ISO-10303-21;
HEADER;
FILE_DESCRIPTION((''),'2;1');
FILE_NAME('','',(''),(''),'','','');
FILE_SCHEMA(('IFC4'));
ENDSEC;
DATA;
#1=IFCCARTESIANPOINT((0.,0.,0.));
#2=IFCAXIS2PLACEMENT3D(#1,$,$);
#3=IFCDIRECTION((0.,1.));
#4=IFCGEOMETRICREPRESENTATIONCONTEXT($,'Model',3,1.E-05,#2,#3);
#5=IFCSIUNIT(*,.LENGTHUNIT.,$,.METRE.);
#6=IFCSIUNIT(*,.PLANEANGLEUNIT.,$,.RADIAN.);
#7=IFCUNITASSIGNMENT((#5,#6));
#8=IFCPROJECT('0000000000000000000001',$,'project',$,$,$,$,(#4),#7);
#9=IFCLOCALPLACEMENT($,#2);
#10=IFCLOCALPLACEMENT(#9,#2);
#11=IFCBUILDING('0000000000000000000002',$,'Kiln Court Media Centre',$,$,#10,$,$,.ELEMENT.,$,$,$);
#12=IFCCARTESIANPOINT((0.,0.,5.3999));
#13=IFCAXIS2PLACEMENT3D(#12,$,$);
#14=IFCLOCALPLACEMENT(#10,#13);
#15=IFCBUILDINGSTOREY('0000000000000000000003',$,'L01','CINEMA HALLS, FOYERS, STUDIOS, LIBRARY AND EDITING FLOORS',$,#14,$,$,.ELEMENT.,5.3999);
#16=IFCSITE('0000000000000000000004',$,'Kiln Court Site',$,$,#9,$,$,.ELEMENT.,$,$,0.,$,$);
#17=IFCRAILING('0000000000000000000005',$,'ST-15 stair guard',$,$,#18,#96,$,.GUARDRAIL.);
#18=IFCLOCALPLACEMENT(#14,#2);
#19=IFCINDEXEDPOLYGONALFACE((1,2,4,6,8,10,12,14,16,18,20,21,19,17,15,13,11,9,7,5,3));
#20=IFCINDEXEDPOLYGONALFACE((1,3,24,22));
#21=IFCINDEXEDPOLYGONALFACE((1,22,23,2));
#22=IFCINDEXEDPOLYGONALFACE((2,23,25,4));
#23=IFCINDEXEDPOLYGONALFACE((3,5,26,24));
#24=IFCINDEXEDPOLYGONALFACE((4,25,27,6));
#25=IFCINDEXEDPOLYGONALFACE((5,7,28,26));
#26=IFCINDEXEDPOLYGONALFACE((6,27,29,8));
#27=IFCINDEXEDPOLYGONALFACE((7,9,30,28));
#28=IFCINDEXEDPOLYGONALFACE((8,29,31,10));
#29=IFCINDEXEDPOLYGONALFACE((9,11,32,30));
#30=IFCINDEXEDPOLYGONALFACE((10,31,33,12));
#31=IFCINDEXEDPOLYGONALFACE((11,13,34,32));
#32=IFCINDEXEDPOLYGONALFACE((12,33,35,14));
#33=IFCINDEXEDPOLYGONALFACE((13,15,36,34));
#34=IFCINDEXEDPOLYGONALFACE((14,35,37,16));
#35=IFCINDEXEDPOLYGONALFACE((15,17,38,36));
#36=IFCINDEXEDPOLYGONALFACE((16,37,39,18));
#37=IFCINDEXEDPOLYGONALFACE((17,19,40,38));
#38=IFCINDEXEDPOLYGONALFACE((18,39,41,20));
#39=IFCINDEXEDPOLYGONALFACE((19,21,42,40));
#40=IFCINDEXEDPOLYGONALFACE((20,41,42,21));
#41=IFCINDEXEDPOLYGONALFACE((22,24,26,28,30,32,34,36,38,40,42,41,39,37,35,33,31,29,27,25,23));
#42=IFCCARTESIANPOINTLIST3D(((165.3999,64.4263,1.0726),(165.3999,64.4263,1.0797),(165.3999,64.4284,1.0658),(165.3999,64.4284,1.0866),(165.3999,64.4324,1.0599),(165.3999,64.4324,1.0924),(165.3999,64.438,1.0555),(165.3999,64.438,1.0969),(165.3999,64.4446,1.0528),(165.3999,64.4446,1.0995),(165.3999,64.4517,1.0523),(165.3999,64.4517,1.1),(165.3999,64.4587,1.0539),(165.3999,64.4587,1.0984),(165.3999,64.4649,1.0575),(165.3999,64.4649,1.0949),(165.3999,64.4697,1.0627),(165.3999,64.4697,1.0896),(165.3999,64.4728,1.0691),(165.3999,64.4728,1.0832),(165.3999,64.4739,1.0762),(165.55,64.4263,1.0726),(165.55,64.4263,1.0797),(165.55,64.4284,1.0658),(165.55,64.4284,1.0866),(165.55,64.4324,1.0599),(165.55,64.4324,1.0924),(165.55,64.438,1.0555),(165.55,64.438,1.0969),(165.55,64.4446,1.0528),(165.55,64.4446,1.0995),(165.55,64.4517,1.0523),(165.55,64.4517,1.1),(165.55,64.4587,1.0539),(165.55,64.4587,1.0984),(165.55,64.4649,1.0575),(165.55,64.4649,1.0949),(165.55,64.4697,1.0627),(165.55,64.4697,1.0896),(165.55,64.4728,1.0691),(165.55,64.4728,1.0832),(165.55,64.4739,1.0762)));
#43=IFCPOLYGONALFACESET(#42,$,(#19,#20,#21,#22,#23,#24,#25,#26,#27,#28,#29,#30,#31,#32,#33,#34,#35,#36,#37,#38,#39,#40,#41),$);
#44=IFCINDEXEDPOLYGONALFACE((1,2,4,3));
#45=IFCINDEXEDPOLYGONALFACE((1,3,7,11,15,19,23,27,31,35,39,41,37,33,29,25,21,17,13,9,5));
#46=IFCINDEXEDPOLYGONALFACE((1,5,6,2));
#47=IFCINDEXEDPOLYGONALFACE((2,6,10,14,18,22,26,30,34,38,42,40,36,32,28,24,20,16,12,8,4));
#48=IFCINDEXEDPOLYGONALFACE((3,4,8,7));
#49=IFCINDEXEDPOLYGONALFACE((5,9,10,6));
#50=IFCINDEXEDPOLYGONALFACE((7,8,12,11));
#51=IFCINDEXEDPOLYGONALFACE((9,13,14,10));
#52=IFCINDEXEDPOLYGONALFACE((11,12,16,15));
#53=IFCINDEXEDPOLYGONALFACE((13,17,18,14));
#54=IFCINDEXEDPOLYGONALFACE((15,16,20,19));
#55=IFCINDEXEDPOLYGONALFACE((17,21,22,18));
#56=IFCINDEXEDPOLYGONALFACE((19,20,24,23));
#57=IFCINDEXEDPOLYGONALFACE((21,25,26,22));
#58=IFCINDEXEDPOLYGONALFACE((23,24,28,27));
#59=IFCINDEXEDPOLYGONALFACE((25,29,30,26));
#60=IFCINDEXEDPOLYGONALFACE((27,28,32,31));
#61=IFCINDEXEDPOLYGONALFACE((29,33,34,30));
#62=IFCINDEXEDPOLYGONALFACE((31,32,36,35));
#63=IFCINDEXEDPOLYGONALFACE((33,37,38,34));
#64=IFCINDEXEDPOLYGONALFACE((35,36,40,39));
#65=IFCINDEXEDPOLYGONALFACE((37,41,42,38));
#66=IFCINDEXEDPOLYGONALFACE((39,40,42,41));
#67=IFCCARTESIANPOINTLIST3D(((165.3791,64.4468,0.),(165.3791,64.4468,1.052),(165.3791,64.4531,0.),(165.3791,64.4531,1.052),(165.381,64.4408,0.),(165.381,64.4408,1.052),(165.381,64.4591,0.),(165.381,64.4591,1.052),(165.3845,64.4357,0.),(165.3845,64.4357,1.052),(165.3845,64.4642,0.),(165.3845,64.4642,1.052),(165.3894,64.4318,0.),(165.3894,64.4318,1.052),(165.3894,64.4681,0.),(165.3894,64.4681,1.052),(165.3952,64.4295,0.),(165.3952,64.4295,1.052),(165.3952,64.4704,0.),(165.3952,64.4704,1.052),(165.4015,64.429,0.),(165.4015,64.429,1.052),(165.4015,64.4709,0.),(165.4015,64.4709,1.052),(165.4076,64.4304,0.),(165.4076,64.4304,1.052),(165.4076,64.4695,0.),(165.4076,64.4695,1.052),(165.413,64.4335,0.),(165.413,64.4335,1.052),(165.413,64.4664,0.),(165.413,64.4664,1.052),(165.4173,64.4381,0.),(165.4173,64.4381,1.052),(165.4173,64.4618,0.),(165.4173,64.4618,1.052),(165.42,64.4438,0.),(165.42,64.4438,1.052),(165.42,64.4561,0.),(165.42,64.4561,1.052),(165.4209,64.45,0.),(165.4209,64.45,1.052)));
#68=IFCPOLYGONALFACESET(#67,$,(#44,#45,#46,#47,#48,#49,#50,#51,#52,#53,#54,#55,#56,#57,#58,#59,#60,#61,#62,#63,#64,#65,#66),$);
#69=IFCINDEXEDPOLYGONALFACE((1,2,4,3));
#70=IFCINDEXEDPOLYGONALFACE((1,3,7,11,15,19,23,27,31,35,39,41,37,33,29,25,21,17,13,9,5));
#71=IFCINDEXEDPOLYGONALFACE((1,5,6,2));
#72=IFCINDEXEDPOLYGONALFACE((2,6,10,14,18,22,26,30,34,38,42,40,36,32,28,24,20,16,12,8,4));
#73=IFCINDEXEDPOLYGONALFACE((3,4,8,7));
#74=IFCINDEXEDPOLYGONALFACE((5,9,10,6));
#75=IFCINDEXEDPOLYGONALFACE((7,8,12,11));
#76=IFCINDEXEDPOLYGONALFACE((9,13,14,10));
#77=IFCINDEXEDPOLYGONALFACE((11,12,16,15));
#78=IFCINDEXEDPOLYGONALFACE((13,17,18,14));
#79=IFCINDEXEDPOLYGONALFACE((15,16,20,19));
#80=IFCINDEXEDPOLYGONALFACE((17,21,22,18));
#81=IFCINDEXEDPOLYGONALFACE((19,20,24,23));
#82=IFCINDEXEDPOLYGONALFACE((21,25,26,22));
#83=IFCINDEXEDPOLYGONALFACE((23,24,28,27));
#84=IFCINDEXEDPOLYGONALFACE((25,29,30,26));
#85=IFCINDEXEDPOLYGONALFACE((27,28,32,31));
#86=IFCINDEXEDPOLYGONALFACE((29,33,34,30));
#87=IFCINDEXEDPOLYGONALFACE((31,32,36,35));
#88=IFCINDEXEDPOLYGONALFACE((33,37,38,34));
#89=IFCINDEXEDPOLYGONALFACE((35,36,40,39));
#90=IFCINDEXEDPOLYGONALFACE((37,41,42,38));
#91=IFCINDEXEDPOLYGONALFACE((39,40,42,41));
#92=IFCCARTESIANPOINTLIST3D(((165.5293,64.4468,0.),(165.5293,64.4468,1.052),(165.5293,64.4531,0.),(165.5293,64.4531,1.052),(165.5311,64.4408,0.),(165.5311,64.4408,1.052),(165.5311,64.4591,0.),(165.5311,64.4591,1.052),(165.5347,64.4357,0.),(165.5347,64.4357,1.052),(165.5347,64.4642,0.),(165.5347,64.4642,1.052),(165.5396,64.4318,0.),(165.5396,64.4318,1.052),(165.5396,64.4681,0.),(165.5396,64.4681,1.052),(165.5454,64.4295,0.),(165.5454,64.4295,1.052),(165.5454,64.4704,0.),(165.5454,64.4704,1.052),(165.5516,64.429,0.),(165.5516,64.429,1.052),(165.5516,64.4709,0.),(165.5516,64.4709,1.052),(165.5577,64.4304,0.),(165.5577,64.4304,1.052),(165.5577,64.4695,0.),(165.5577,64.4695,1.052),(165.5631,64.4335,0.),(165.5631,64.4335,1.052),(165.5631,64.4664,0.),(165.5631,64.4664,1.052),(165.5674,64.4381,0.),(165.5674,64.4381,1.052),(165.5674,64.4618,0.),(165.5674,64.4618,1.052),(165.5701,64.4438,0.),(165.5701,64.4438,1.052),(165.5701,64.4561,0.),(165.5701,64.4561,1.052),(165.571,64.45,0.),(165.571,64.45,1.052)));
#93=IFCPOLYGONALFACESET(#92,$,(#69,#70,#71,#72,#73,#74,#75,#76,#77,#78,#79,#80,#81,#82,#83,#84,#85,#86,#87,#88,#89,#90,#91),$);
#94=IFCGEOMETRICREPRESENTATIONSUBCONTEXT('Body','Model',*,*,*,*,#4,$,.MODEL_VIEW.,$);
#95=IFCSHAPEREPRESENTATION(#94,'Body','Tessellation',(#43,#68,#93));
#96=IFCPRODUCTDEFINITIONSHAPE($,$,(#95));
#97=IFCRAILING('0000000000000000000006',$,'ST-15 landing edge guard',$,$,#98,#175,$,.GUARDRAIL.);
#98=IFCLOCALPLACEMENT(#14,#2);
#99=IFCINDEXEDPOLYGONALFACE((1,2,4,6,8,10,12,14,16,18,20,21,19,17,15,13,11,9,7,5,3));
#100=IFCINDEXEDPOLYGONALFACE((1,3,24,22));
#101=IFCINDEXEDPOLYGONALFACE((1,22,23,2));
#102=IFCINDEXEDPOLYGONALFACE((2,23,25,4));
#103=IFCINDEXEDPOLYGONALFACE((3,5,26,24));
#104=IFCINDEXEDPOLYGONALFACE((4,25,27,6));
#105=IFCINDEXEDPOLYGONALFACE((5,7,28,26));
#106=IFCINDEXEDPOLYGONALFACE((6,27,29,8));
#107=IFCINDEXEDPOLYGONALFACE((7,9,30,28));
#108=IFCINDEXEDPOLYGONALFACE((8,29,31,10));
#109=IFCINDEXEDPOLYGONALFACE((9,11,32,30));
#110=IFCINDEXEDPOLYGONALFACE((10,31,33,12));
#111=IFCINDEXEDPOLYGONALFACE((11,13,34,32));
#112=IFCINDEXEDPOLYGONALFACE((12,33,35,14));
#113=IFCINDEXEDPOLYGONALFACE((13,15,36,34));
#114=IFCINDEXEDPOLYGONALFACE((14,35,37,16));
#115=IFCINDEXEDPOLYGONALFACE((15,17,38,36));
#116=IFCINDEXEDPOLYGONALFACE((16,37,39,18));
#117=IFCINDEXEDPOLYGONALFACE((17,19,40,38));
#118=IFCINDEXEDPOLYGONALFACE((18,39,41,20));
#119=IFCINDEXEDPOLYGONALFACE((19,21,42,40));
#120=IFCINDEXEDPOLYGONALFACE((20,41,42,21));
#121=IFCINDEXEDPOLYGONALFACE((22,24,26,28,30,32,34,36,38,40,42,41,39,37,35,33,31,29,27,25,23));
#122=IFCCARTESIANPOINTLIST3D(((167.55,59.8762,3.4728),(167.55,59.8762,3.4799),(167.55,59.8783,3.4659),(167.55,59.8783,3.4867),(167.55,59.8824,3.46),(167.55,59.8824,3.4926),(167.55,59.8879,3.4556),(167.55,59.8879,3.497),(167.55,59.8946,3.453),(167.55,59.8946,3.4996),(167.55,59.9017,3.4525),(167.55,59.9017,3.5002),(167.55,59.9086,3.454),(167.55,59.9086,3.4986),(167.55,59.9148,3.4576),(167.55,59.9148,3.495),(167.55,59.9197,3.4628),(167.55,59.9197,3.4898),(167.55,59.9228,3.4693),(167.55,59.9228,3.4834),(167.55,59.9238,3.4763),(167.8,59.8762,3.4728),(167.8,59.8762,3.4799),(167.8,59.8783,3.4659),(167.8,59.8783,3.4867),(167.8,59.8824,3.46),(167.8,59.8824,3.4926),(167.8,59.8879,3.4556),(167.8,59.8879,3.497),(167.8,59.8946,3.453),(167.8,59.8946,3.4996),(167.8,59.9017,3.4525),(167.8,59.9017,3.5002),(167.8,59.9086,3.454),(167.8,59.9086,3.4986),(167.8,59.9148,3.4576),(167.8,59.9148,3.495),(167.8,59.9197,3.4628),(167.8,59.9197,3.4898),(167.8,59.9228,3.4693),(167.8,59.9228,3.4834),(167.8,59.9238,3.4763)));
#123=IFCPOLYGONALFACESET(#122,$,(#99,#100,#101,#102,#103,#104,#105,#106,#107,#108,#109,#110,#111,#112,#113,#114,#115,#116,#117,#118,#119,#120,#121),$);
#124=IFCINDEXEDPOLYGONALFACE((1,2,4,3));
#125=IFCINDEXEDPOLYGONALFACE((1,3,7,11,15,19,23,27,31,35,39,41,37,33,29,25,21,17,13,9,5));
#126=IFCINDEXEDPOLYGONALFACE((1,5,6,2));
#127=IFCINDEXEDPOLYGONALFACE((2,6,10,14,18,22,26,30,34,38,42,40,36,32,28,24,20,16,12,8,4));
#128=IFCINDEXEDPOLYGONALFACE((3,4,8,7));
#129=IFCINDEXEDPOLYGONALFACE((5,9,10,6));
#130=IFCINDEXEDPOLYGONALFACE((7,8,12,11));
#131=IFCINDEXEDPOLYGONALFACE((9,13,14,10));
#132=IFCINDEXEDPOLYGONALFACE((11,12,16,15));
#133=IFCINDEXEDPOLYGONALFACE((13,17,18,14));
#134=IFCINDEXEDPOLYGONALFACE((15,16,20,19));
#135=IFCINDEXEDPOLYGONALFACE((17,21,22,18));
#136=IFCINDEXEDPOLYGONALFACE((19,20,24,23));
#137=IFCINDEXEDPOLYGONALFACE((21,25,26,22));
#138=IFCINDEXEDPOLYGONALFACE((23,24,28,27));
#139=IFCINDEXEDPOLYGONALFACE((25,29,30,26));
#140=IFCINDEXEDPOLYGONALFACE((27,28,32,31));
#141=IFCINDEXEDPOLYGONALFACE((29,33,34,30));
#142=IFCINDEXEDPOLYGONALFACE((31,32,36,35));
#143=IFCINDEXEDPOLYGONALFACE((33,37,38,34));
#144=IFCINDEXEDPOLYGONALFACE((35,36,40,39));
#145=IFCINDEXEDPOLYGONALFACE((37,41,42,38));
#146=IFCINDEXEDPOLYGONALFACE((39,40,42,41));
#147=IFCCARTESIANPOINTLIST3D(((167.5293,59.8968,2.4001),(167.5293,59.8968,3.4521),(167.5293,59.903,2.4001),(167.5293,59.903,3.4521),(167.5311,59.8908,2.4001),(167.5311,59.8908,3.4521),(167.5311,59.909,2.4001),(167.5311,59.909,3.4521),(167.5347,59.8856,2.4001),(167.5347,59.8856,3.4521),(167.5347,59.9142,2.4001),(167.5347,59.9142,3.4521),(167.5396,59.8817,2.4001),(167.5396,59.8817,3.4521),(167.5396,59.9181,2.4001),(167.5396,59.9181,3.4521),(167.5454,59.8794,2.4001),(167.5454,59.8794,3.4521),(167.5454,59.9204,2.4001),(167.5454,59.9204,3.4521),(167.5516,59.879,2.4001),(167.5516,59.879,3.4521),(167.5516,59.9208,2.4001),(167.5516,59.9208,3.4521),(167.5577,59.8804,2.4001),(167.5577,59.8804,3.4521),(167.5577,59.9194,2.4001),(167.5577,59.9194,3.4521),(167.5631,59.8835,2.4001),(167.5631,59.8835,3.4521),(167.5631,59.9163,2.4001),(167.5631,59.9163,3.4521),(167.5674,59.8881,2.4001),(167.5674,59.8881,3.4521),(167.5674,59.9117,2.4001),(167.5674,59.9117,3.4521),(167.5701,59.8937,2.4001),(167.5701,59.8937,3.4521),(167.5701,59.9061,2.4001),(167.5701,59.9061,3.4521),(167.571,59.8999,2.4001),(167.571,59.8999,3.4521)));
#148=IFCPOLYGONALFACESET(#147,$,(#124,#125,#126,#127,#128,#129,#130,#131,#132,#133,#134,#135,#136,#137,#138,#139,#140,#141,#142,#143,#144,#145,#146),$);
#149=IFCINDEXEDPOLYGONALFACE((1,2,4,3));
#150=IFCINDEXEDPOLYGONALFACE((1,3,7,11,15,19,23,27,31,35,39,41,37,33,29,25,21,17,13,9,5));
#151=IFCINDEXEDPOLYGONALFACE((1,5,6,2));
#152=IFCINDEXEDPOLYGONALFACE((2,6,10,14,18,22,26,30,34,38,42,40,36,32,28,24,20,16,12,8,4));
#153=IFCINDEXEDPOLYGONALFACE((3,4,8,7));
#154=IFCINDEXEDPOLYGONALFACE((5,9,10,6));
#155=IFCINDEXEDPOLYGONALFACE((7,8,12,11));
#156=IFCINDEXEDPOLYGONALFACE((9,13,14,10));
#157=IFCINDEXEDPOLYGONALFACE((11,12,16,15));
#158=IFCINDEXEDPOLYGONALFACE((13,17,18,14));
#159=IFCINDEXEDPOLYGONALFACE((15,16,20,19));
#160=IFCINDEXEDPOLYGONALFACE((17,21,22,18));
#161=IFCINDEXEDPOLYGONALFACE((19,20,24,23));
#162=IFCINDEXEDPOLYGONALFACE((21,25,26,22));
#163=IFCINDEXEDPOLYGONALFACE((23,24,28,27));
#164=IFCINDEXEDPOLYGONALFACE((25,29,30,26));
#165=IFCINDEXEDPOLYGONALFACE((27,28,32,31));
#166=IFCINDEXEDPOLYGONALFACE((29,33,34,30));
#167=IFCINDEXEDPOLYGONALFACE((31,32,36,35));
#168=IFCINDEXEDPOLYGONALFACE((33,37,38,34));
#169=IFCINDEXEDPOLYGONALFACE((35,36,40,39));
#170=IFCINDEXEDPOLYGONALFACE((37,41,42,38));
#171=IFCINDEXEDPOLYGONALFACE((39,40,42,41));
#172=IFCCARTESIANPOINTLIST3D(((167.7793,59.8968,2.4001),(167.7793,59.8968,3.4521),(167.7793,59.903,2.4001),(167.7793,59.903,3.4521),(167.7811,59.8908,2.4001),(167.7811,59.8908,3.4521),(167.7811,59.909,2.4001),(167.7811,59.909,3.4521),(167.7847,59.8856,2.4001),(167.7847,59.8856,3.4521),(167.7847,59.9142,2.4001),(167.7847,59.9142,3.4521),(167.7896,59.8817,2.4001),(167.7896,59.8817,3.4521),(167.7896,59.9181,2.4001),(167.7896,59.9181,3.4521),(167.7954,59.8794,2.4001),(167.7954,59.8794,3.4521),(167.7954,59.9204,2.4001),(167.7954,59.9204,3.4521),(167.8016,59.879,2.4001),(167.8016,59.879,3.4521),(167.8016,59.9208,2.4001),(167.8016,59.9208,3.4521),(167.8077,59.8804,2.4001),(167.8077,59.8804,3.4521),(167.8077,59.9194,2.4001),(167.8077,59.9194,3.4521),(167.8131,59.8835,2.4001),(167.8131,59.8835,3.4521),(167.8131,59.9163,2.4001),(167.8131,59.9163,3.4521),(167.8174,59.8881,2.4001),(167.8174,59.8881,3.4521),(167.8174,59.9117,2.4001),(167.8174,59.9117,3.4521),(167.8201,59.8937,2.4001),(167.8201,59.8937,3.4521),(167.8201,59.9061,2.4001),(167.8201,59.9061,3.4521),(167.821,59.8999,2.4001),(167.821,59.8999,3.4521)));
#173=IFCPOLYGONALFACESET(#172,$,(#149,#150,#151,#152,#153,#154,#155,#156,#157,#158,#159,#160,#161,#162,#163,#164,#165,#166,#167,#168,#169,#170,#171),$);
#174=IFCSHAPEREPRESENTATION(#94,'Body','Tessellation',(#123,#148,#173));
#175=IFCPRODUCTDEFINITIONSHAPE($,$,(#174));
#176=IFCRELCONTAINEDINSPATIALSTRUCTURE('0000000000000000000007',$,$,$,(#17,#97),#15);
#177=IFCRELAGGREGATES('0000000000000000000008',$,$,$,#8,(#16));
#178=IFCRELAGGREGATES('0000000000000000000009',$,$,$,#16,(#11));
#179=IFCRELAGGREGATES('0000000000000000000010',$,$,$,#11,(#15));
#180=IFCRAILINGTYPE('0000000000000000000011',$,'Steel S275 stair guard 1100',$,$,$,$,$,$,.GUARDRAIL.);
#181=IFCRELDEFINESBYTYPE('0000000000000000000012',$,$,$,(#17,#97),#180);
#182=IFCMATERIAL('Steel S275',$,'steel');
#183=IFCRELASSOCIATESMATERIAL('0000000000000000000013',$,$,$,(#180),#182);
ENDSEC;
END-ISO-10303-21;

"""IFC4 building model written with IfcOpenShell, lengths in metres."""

from ifc_helpers import new_model, si_unit, direction, frame, origin, origin_2d, place, context, subcontext, project, spatial, circle, extrude, material, type_object, element, save


model = new_model("IFC4")

# Units and contexts
model_context = context("Model", 3, precision=1e-05, world=origin(), true_north=direction((0.0, 1.0)))
body_context = subcontext(model_context, "Body", "Model", "MODEL_VIEW")
ifc_project = project(units=[si_unit("LENGTHUNIT", "METRE"), si_unit("PLANEANGLEUNIT", "RADIAN")], contexts=[model_context])

# Site, building, storey
site_placement = place(None, origin())
site = spatial("IfcSite", under=ifc_project, at=site_placement, Name="Kiln Court Site", CompositionType="ELEMENT", RefElevation=0.0)
building_placement = place(site_placement, origin())
building = spatial("IfcBuilding", under=site, at=building_placement, Name="Kiln Court Media Centre", CompositionType="ELEMENT")
storey_placement = place(building_placement, frame((0.0, 0.0, 5.3999)))
storey = spatial("IfcBuildingStorey", under=building, at=storey_placement, Name="L01", Description="CINEMA HALLS, FOYERS, STUDIOS, LIBRARY AND EDITING FLOORS", CompositionType="ELEMENT", Elevation=5.3999)

# Railings
ifc_material_1 = material(Name="Steel S275", Category="steel")
railing_type_1 = type_object("IfcRailingType", Name="Steel S275 stair guard 1100", PredefinedType="GUARDRAIL", material=ifc_material_1)
railing_1_placement = place(storey_placement, frame((165.3999, 64.45, 0.0)))
element("IfcRailing", 1, at=railing_1_placement, inside=storey, type_object=railing_type_1, Name="ST-15 stair guard", PredefinedType="GUARDRAIL", context=body_context, shape_type="SweptSolid", body=[
    extrude(circle(Radius=0.0239, at=origin_2d()), frame((0.0, 0.0, 1.0762), z_axis=(1.0, 0.0, 0.0), x_axis=(0.0, 1.0, 0.0)), (0.0, 0.0, 1.0), 0.1501),
    extrude(circle(Radius=0.021, at=origin_2d()), origin(), (0.0, 0.0, 1.0), 1.052),
    extrude(circle(Radius=0.021, at=origin_2d()), frame((0.1501, 0.0, 0.0)), (0.0, 0.0, 1.0), 1.052),
])
for number, where, name in (
    (2, (167.55, 59.8999, 2.4001), "ST-15 landing edge guard"),
):
    element("IfcRailing", number, at=place(storey_placement, frame(where)), inside=storey, type_object=railing_type_1, Name=name, PredefinedType="GUARDRAIL", context=body_context, shape_type="SweptSolid", body=[
        extrude(circle(Radius=0.0239, at=origin_2d()), frame((0.0, 0.0, 1.0762), z_axis=(1.0, 0.0, 0.0), x_axis=(0.0, 1.0, 0.0)), (0.0, 0.0, 1.0), 0.25),
        extrude(circle(Radius=0.021, at=origin_2d()), origin(), (0.0, 0.0, 1.0), 1.052),
        extrude(circle(Radius=0.021, at=origin_2d()), frame((0.25, 0.0, 0.0)), (0.0, 0.0, 1.0), 1.052),
    ])

save(model, "model.ifc")
